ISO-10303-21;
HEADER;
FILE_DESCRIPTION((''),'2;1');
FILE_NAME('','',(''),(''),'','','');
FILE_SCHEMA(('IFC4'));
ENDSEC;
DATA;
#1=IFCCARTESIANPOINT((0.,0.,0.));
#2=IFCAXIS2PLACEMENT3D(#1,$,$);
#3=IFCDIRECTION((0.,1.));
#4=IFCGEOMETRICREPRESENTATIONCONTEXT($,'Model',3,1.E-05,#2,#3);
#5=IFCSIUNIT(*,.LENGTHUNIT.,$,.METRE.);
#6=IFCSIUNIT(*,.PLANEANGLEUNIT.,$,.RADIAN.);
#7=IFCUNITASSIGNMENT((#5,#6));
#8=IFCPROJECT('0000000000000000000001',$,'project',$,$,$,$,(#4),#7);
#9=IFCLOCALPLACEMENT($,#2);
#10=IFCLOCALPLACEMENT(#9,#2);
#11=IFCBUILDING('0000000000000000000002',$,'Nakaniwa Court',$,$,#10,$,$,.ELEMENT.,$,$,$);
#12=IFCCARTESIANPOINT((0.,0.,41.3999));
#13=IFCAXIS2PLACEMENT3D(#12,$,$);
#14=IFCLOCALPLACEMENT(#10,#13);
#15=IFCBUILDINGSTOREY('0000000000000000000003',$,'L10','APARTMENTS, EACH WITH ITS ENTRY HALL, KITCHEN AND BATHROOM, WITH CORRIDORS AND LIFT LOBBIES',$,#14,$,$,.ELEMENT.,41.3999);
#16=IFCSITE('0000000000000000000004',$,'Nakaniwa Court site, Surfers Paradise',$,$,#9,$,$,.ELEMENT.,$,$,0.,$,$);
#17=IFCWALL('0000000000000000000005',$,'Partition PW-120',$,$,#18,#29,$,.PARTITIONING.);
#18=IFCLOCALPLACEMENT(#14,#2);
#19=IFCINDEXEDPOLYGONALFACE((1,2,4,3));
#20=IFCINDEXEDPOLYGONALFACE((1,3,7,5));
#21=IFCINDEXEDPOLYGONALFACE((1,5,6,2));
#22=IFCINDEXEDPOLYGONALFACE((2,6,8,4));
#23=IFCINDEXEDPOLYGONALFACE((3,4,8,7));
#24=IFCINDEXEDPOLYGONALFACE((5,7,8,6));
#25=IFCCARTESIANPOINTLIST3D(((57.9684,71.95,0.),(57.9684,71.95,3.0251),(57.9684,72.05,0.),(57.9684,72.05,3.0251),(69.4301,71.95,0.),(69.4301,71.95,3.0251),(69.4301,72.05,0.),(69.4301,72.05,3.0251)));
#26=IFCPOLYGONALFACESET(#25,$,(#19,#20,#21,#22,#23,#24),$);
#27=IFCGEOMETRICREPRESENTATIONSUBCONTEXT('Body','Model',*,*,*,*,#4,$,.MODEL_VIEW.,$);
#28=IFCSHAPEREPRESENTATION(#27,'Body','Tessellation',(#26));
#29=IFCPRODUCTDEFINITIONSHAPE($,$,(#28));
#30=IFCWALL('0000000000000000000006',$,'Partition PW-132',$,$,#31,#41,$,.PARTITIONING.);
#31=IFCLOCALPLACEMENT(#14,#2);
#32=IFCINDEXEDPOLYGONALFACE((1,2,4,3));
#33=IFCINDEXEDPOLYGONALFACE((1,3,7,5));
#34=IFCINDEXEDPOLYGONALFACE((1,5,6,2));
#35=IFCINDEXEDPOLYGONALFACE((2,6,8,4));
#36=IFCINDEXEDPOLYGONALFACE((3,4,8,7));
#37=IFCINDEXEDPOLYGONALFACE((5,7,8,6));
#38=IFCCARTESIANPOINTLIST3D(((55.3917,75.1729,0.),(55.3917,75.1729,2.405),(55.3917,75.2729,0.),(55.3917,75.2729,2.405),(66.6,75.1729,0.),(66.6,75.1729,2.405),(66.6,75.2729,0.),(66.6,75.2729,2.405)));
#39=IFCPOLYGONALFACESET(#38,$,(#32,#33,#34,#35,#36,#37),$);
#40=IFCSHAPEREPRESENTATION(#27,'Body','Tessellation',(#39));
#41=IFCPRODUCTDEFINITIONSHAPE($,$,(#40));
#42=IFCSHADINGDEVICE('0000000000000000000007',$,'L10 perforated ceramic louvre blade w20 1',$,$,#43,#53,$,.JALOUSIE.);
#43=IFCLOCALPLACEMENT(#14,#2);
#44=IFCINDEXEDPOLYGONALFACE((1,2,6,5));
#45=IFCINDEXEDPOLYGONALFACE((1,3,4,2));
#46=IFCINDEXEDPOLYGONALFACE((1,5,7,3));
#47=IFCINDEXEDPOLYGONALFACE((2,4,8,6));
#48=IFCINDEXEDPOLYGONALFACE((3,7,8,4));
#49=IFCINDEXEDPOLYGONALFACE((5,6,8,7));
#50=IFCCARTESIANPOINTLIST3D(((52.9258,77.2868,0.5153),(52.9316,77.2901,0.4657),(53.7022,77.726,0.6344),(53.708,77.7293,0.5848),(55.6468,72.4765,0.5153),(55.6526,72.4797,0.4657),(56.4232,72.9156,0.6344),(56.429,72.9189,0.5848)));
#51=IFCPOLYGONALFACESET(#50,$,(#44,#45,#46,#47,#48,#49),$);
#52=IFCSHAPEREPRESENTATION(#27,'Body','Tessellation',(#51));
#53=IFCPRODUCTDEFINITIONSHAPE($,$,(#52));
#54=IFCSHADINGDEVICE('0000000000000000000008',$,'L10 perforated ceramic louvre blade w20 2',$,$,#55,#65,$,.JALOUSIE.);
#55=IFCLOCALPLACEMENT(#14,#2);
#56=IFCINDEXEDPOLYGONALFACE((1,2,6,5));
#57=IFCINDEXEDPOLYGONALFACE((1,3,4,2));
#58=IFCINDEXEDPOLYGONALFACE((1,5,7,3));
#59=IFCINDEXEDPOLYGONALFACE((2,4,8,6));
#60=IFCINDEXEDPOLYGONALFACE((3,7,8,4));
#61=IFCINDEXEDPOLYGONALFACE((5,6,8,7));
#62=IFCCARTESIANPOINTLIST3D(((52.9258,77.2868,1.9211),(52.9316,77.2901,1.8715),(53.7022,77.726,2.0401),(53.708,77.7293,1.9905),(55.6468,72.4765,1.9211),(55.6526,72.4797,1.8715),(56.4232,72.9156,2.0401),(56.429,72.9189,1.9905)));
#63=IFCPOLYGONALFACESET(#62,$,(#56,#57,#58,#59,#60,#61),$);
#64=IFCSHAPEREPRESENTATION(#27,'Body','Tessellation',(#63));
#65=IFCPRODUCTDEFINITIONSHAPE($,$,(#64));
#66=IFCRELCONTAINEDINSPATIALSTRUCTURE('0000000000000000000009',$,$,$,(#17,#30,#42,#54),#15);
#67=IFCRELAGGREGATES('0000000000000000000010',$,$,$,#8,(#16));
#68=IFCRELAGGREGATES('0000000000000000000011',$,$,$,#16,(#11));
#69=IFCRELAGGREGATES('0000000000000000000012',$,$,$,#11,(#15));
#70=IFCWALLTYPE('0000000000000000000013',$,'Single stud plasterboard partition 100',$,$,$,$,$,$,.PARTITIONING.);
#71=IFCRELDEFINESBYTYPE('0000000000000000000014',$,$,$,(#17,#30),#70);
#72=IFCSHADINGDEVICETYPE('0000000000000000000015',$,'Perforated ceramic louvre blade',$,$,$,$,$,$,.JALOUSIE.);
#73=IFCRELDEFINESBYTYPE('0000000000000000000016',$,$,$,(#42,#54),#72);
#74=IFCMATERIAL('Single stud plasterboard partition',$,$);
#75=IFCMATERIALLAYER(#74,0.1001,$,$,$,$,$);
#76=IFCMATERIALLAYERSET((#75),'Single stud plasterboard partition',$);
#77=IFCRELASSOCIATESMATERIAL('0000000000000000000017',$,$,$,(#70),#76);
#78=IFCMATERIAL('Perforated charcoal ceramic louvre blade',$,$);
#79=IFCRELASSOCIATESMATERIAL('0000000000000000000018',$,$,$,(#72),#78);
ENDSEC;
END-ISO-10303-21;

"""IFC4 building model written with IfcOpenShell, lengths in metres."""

from ifc_helpers import new_model, si_unit, direction, frame, frame_2d, origin, origin_2d, place, context, subcontext, project, spatial, rectangle, extrude, material, layer, layer_set, material_profile, profile_set, type_object, element, save


model = new_model("IFC4")

# Units and contexts
model_context = context("Model", 3, precision=1e-05, world=origin(), true_north=direction((0.0, 1.0)))
body_context = subcontext(model_context, "Body", "Model", "MODEL_VIEW")
ifc_project = project(units=[si_unit("LENGTHUNIT", "METRE"), si_unit("PLANEANGLEUNIT", "RADIAN")], contexts=[model_context])

# Site, building, storey
site_placement = place(None, origin())
site = spatial("IfcSite", under=ifc_project, at=site_placement, Name="Nakaniwa Court site, Surfers Paradise", CompositionType="ELEMENT", RefElevation=0.0)
building_placement = place(site_placement, origin())
building = spatial("IfcBuilding", under=site, at=building_placement, Name="Nakaniwa Court", CompositionType="ELEMENT")
storey_placement = place(building_placement, frame((0.0, 0.0, 41.3999)))
storey = spatial("IfcBuildingStorey", under=building, at=storey_placement, Name="L10", Description="APARTMENTS, EACH WITH ITS ENTRY HALL, KITCHEN AND BATHROOM, WITH CORRIDORS AND LIFT LOBBIES", CompositionType="ELEMENT", Elevation=41.3999)

# Walls
ifc_material_1 = material(Name="Single stud plasterboard partition")
ifc_layer_1 = layer(ifc_material_1, 0.1001)
ifc_layer_set_1 = layer_set([ifc_layer_1], Name="Single stud plasterboard partition")
wall_type_1 = type_object("IfcWallType", Name="Single stud plasterboard partition 100", PredefinedType="PARTITIONING", material=ifc_layer_set_1)
wall_1_placement = place(storey_placement, frame((57.9683, 72.0, 0.0), z_axis=(0.0, 0.0, 1.0), x_axis=(1.0, 0.0, 0.0)))
element("IfcWall", 1, at=wall_1_placement, inside=storey, type_object=wall_type_1, Name="Partition PW-120", PredefinedType="PARTITIONING", context=body_context, shape_type="SweptSolid", body=[
    extrude(rectangle(XDim=11.4617, YDim=0.1001, at=frame_2d((5.731, 0.0))), origin(), (0.0, 0.0, 1.0), 3.0251),
])
wall_2_placement = place(storey_placement, frame((55.3918, 75.2229, 0.0), z_axis=(0.0, 0.0, 1.0), x_axis=(1.0, 0.0, 0.0)))
element("IfcWall", 2, at=wall_2_placement, inside=storey, type_object=wall_type_1, Name="Partition PW-132", PredefinedType="PARTITIONING", context=body_context, shape_type="SweptSolid", body=[
    extrude(rectangle(XDim=11.2083, YDim=0.1001, at=frame_2d((5.604, 0.0))), origin(), (0.0, 0.0, 1.0), 2.405),
])

# Shading devices
ifc_material_2 = material(Name="Perforated charcoal ceramic louvre blade")
ifc_material_profile_1 = material_profile(ifc_material_2, rectangle(XDim=0.8999, YDim=0.05, at=origin_2d()), Name="Perforated ceramic louvre blade")
ifc_profile_set_1 = profile_set([ifc_material_profile_1], Name="Perforated charcoal ceramic louvre blade")
shading_device_type = type_object("IfcShadingDeviceType", Name="Perforated ceramic louvre blade", PredefinedType="JALOUSIE", material=ifc_profile_set_1)
for number, where, z_axis, x_axis, name in (
    (3, (53.3169, 77.5081, 0.55), (0.492343, -0.870402, 0.0), (0.862756, 0.488018, 0.132256), "L10 perforated ceramic louvre blade w20 1"),
    (4, (53.3169, 77.5081, 1.9558), (0.492343, -0.870402, 0.0), (0.862756, 0.488018, 0.132256), "L10 perforated ceramic louvre blade w20 2"),
):
    element("IfcShadingDevice", number, at=place(storey_placement, frame(where, z_axis=z_axis, x_axis=x_axis)), inside=storey, type_object=shading_device_type, Name=name, PredefinedType="JALOUSIE", context=body_context, shape_type="SweptSolid", body=[
        extrude(rectangle(XDim=0.8999, YDim=0.05, at=origin_2d()), origin(), (0.0, 0.0, 1.0), 5.5266),
    ])

save(model, "model.ifc")
